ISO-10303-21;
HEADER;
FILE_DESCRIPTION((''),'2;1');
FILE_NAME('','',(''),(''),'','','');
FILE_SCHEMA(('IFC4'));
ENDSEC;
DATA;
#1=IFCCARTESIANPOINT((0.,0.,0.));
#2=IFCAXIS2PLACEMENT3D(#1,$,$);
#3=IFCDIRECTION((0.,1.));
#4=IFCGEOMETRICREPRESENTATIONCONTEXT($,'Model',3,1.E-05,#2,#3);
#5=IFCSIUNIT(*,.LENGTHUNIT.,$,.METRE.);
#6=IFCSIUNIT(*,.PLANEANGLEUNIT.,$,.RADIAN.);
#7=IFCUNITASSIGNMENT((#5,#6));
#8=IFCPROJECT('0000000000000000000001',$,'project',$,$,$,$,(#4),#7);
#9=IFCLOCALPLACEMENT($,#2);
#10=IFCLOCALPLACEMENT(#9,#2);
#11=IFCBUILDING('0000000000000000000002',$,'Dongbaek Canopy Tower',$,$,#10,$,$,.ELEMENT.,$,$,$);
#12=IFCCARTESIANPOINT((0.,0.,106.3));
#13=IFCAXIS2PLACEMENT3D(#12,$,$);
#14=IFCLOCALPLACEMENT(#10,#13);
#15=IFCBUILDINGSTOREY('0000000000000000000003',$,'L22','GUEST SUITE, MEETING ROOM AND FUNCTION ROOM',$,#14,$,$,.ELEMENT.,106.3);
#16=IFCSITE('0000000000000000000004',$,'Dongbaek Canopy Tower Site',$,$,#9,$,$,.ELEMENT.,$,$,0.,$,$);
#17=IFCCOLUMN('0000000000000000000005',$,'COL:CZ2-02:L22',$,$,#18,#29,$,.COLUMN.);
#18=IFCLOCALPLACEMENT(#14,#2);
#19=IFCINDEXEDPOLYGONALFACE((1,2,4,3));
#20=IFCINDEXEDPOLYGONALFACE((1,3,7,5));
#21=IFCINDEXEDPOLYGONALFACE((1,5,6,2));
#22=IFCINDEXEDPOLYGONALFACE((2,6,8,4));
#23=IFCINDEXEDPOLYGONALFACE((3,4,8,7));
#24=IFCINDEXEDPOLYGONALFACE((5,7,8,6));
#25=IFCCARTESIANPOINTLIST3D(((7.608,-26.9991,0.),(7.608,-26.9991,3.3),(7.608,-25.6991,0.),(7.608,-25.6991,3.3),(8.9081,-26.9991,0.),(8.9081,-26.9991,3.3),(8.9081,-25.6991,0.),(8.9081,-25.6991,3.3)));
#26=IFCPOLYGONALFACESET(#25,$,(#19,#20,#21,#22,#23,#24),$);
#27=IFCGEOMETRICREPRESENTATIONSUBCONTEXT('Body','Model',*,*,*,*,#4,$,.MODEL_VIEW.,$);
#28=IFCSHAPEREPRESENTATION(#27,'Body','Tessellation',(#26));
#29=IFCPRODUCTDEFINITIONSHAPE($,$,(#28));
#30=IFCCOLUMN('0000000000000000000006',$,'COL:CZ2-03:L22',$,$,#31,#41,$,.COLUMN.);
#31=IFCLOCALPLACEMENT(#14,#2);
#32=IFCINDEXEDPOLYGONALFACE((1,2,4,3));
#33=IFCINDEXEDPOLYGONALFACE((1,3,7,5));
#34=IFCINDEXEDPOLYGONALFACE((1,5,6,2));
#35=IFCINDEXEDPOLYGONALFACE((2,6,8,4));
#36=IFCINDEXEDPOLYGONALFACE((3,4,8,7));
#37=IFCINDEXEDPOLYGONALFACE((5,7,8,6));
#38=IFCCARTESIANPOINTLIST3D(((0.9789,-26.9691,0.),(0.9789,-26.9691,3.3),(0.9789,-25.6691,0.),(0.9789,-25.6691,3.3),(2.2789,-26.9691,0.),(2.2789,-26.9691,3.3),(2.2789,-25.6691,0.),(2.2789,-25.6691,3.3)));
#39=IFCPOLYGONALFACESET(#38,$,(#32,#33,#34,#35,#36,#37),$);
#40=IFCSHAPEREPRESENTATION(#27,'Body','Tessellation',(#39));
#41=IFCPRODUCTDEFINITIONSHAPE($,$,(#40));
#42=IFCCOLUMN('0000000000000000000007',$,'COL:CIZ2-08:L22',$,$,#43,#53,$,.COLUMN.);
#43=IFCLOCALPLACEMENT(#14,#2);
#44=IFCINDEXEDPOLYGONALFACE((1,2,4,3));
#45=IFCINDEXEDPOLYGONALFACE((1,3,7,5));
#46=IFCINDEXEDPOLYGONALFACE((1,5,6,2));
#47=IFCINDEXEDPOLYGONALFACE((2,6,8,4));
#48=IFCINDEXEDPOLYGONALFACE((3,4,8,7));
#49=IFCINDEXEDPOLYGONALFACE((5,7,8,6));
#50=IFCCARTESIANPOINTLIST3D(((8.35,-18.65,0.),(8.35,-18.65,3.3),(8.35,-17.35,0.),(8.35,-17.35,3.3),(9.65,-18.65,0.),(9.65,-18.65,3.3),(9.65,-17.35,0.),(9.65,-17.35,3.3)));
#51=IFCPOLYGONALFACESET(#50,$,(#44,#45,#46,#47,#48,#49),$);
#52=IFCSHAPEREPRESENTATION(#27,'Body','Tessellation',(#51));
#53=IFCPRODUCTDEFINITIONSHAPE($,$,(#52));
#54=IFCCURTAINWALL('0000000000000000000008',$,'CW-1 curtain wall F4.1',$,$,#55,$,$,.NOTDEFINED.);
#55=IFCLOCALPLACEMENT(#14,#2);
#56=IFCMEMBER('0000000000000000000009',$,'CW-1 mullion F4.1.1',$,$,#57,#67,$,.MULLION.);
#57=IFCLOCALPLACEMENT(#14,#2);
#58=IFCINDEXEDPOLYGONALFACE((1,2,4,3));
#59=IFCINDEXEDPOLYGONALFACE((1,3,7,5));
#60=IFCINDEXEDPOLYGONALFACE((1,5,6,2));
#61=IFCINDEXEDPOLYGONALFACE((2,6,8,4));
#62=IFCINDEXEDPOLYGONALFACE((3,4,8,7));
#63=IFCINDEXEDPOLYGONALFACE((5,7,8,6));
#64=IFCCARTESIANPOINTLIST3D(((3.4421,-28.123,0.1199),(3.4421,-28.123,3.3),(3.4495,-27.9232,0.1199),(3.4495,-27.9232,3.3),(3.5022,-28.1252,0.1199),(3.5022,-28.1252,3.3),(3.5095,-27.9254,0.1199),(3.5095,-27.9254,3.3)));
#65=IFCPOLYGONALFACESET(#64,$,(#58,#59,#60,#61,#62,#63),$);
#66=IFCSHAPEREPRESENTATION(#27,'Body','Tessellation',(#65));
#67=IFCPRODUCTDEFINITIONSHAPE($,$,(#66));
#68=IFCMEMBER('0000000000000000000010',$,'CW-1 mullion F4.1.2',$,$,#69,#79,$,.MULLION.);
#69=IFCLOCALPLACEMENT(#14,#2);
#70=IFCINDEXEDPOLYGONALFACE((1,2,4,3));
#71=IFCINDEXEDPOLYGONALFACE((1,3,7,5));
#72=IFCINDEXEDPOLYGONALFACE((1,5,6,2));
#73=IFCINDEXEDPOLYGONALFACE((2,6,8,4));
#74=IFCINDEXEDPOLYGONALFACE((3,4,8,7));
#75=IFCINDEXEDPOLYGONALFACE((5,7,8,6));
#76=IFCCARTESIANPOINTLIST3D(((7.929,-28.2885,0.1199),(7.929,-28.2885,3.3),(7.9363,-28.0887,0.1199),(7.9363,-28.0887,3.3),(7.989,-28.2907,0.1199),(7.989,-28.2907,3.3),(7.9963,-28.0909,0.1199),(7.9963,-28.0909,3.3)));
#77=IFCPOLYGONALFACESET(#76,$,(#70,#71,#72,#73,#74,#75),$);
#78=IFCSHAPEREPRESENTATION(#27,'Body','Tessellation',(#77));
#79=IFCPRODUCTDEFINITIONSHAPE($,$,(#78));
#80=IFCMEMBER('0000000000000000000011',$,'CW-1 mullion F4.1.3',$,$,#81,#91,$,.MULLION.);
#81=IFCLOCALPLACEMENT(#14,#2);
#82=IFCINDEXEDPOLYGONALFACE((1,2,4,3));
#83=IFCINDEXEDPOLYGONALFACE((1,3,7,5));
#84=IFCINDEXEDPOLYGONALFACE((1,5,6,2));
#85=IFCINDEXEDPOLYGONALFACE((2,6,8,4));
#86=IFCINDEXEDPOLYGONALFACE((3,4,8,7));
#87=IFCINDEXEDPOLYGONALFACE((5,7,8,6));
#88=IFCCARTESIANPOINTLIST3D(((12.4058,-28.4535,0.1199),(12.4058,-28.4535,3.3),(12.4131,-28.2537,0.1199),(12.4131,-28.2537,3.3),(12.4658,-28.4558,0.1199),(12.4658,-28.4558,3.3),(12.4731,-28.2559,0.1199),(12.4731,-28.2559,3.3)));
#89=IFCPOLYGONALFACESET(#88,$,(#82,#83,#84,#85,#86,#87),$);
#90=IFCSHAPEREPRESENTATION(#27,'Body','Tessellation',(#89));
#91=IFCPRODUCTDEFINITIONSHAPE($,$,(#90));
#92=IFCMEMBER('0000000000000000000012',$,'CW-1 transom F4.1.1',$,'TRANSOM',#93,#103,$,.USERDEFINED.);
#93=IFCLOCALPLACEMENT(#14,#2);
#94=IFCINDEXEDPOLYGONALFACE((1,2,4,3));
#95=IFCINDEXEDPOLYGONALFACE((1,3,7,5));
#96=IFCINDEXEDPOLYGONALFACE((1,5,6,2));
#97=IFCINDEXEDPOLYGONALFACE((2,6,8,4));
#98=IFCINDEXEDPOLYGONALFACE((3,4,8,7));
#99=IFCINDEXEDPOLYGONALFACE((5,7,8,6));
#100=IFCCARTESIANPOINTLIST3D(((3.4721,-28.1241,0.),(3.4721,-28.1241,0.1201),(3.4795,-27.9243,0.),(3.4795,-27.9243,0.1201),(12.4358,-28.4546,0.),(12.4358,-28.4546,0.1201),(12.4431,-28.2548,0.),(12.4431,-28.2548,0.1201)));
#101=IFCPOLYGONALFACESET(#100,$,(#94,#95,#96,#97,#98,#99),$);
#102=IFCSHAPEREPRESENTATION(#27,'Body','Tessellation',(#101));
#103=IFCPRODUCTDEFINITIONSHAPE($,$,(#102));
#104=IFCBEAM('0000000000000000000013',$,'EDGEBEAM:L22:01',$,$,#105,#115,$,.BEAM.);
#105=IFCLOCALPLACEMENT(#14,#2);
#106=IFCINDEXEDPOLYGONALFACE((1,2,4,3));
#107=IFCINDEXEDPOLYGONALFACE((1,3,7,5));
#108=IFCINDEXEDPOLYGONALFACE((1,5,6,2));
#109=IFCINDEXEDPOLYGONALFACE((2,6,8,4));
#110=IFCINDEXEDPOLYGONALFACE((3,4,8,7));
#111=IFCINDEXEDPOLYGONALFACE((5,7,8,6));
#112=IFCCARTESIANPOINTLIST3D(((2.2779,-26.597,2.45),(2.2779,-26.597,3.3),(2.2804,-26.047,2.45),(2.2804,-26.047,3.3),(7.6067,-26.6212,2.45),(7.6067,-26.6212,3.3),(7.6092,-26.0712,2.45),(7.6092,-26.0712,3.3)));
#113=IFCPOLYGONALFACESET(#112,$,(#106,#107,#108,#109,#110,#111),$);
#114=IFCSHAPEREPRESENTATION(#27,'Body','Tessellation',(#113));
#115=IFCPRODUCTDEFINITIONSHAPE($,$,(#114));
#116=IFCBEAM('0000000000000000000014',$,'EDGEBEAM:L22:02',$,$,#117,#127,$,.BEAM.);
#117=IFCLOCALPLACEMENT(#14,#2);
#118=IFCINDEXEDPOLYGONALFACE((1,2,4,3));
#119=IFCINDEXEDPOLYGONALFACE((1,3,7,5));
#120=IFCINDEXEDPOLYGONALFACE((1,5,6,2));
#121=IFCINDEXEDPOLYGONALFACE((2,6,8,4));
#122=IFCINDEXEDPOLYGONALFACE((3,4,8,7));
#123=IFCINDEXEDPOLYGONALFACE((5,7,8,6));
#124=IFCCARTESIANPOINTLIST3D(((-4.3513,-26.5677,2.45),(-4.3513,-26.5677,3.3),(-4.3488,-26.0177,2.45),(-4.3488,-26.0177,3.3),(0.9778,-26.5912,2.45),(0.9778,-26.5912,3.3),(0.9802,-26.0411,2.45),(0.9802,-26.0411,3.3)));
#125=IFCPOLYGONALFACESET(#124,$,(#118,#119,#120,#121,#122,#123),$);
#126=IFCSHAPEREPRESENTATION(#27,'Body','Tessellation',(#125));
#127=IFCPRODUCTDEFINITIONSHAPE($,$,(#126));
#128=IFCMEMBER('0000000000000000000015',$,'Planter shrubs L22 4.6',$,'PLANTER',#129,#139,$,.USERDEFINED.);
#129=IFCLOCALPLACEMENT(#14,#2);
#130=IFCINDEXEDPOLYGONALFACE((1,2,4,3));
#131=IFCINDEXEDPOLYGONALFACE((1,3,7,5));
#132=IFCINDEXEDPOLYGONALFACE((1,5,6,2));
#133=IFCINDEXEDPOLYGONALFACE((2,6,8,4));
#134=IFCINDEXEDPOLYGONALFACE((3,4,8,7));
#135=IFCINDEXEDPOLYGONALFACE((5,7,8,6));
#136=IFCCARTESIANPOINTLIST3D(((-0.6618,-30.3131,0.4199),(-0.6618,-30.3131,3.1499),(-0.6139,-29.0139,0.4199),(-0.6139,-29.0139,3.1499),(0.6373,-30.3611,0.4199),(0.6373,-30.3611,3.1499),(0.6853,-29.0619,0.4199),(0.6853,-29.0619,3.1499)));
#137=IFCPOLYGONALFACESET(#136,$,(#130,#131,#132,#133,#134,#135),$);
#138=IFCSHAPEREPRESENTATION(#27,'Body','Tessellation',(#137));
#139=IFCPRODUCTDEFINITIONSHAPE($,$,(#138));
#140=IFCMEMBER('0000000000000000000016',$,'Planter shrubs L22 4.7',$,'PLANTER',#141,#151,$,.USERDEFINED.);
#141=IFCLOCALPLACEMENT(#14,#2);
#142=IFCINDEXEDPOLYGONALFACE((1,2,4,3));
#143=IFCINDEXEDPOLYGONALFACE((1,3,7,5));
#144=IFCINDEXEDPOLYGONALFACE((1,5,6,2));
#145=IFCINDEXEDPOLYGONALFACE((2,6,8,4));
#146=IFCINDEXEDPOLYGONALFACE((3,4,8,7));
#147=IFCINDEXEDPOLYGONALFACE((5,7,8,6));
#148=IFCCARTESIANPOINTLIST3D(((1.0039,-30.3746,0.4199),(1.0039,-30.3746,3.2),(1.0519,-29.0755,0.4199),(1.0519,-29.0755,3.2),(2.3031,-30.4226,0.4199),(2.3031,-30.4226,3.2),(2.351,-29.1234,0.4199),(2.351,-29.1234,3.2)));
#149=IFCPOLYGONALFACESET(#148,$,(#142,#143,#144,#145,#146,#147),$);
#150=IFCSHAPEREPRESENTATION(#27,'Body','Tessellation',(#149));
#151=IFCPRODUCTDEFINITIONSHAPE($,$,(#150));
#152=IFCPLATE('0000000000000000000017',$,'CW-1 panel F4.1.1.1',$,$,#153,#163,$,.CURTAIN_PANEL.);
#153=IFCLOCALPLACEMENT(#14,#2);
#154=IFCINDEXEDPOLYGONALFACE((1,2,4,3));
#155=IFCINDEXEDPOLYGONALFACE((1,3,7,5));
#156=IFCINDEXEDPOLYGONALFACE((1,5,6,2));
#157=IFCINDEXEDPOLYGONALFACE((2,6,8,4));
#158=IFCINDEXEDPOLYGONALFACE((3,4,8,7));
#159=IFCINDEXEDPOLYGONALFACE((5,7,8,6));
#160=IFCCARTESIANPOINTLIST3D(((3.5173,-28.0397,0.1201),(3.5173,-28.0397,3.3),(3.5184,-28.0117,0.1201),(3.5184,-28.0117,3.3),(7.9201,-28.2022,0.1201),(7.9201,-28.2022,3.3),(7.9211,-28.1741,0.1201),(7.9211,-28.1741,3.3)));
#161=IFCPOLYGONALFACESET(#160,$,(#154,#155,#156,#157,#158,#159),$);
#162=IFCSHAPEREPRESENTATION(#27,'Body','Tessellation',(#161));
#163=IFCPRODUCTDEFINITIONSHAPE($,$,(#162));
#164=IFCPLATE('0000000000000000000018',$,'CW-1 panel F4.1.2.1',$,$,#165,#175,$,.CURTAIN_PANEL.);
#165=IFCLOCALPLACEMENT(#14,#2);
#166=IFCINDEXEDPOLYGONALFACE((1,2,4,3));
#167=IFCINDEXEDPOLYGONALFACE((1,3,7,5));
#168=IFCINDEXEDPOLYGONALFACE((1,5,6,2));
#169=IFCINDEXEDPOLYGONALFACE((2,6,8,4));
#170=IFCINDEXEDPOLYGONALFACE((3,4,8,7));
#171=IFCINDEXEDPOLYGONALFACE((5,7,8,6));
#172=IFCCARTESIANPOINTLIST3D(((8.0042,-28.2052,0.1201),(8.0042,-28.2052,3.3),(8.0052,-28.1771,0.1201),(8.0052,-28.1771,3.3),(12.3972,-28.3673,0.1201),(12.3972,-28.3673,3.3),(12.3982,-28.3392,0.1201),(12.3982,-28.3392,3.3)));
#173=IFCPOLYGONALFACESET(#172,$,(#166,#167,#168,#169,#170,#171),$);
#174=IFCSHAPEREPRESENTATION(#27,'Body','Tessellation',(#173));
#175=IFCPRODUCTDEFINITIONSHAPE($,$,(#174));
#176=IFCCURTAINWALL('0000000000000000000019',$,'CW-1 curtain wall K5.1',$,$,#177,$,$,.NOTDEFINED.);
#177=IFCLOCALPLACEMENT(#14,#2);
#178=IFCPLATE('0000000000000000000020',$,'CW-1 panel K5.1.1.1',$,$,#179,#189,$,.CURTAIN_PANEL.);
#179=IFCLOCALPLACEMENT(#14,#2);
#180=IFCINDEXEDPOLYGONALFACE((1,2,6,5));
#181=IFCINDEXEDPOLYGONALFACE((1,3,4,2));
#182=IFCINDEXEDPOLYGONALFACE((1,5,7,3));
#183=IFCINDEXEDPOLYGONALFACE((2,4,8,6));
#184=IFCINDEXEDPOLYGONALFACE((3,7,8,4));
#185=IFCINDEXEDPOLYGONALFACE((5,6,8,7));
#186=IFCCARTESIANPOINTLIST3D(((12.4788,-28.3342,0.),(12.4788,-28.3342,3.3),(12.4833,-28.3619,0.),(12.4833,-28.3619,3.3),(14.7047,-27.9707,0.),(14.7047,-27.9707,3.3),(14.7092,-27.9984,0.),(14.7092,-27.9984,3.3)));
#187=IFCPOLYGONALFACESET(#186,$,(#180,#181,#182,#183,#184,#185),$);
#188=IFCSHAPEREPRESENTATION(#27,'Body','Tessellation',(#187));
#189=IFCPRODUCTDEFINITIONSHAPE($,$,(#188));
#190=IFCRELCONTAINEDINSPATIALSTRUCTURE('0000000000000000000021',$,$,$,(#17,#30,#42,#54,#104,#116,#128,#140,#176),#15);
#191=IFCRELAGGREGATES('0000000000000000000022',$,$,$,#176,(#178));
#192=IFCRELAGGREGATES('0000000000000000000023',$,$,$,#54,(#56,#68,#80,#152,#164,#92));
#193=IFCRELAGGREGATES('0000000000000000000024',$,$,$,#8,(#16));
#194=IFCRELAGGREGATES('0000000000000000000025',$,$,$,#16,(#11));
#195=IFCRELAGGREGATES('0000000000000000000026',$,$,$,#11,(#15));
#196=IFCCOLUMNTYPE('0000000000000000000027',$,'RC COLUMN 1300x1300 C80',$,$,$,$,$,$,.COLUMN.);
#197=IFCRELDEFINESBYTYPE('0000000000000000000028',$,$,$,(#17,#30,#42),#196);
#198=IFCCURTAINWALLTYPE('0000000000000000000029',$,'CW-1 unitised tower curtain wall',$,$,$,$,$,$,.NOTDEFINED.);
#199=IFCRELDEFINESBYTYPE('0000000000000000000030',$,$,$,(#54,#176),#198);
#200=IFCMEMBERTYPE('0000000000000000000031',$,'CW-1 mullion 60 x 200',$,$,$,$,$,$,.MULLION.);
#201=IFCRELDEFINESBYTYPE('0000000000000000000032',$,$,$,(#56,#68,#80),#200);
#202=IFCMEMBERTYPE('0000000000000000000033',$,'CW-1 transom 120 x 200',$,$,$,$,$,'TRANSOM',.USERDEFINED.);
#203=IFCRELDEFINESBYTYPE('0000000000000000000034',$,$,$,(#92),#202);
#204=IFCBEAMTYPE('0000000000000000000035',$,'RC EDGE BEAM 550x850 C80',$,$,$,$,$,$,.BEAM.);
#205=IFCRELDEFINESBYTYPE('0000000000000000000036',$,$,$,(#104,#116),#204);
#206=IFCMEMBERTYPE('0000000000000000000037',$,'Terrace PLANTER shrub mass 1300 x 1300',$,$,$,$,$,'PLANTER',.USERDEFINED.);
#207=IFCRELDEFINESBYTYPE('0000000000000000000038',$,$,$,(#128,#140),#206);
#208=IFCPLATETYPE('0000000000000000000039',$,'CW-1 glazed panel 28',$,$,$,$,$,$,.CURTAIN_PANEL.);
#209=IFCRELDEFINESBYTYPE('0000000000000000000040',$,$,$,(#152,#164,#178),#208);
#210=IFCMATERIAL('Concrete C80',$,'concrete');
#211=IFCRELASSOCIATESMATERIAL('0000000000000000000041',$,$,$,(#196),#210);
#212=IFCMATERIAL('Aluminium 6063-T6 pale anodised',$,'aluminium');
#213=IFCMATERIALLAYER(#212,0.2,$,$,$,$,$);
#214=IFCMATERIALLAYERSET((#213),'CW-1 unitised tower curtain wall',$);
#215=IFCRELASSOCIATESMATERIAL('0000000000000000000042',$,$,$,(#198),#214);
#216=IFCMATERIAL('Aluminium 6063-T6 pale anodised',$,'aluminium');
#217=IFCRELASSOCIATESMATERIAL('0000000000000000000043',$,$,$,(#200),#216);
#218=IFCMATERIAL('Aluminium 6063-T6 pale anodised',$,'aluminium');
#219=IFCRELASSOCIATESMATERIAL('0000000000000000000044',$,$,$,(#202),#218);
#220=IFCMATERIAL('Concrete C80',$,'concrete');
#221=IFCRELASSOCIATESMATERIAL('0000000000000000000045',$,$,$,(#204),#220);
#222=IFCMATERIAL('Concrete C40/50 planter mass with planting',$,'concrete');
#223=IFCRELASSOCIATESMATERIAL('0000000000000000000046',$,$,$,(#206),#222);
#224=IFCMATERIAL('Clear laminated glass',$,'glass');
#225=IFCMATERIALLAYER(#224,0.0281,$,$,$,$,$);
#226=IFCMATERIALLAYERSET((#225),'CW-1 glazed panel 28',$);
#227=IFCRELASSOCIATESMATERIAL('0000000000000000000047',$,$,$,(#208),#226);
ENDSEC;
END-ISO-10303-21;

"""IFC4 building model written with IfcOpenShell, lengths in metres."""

from ifc_helpers import new_model, si_unit, direction, frame, origin, origin_2d, place, context, subcontext, project, spatial, rectangle, extrude, material, layer, layer_set, material_profile, profile_set, type_object, element, aggregate, save


model = new_model("IFC4")

# Units and contexts
model_context = context("Model", 3, precision=1e-05, world=origin(), true_north=direction((0.0, 1.0)))
body_context = subcontext(model_context, "Body", "Model", "MODEL_VIEW")
ifc_project = project(units=[si_unit("LENGTHUNIT", "METRE"), si_unit("PLANEANGLEUNIT", "RADIAN")], contexts=[model_context])

# Site, building, storey
site_placement = place(None, origin())
site = spatial("IfcSite", under=ifc_project, at=site_placement, Name="Dongbaek Canopy Tower Site", CompositionType="ELEMENT", RefElevation=0.0)
building_placement = place(site_placement, origin())
building = spatial("IfcBuilding", under=site, at=building_placement, Name="Dongbaek Canopy Tower", CompositionType="ELEMENT")
storey_placement = place(building_placement, frame((0.0, 0.0, 106.3)))
storey = spatial("IfcBuildingStorey", under=building, at=storey_placement, Name="L22", Description="GUEST SUITE, MEETING ROOM AND FUNCTION ROOM", CompositionType="ELEMENT", Elevation=106.3)

# Columns
ifc_material_1 = material(Name="Concrete C80", Category="concrete")
ifc_material_profile_1 = material_profile(ifc_material_1, rectangle(XDim=1.3, YDim=1.3, at=origin_2d()), Name="RC COLUMN 1300x1300 C80")
ifc_profile_set_1 = profile_set([ifc_material_profile_1], Name="Concrete C80")
column_type = type_object("IfcColumnType", Name="RC COLUMN 1300x1300 C80", PredefinedType="COLUMN", material=ifc_profile_set_1)
for number, where, z_axis, x_axis, name in (
    (1, (8.2581, -26.3491, 0.0), (0.0, 0.0, 1.0), (1.0, 0.0, 0.0), "COL:CZ2-02:L22"),
    (2, (1.6289, -26.3191, 0.0), (0.0, 0.0, 1.0), (1.0, 0.0, 0.0), "COL:CZ2-03:L22"),
    (3, (9.0, -18.0, 0.0), (0.0, 0.0, 1.0), (1.0, 0.0, 0.0), "COL:CIZ2-08:L22"),
):
    element("IfcColumn", number, at=place(storey_placement, frame(where, z_axis=z_axis, x_axis=x_axis)), inside=storey, type_object=column_type, Name=name, PredefinedType="COLUMN", context=body_context, shape_type="SweptSolid", body=[
        extrude(rectangle(XDim=1.3, YDim=1.3, at=origin_2d()), origin(), (0.0, 0.0, 1.0), 3.3),
    ])

# Curtain wall, members
ifc_material_2 = material(Name="Aluminium 6063-T6 pale anodised", Category="aluminium")
ifc_layer_1 = layer(ifc_material_2, 0.2)
ifc_layer_set_1 = layer_set([ifc_layer_1], Name="CW-1 unitised tower curtain wall")
curtain_wall_type = type_object("IfcCurtainWallType", Name="CW-1 unitised tower curtain wall", PredefinedType="NOTDEFINED", material=ifc_layer_set_1)
curtain_wall_1_placement = place(storey_placement, origin())
curtain_wall_1 = element("IfcCurtainWall", 4, at=curtain_wall_1_placement, inside=storey, type_object=curtain_wall_type, Name="CW-1 curtain wall F4.1", PredefinedType="NOTDEFINED")
ifc_material_3 = material(Name="Aluminium 6063-T6 pale anodised", Category="aluminium")
ifc_material_profile_2 = material_profile(ifc_material_3, rectangle(XDim=0.2, YDim=0.0601, at=origin_2d()), Name="CW-1 mullion 60 x 200")
ifc_profile_set_2 = profile_set([ifc_material_profile_2], Name="Aluminium 6063-T6 pale anodised")
member_type_1 = type_object("IfcMemberType", Name="CW-1 mullion 60 x 200", PredefinedType="MULLION", material=ifc_profile_set_2)
member_1_placement = place(storey_placement, frame((3.4758, -28.0242, 0.1199), z_axis=(0.0, 0.0, 1.0), x_axis=(-0.036873, -0.99932, 0.0)))
member_1 = element("IfcMember", 5, at=member_1_placement, type_object=member_type_1, Name="CW-1 mullion F4.1.1", PredefinedType="MULLION", context=body_context, shape_type="SweptSolid", body=[
    extrude(rectangle(XDim=0.2, YDim=0.0601, at=origin_2d()), origin(), (0.0, 0.0, 1.0), 3.1802),
])
member_2_placement = place(storey_placement, frame((7.9626, -28.1897, 0.1199), z_axis=(0.0, 0.0, 1.0), x_axis=(-0.036873, -0.99932, 0.0)))
member_2 = element("IfcMember", 6, at=member_2_placement, type_object=member_type_1, Name="CW-1 mullion F4.1.2", PredefinedType="MULLION", context=body_context, shape_type="SweptSolid", body=[
    extrude(rectangle(XDim=0.2, YDim=0.0601, at=origin_2d()), origin(), (0.0, 0.0, 1.0), 3.1802),
])
member_3_placement = place(storey_placement, frame((12.4395, -28.3547, 0.1199), z_axis=(0.0, 0.0, 1.0), x_axis=(-0.036873, -0.99932, 0.0)))
member_3 = element("IfcMember", 7, at=member_3_placement, type_object=member_type_1, Name="CW-1 mullion F4.1.3", PredefinedType="MULLION", context=body_context, shape_type="SweptSolid", body=[
    extrude(rectangle(XDim=0.2, YDim=0.0601, at=origin_2d()), origin(), (0.0, 0.0, 1.0), 3.1802),
])
ifc_material_4 = material(Name="Aluminium 6063-T6 pale anodised", Category="aluminium")
ifc_material_profile_3 = material_profile(ifc_material_4, rectangle(XDim=0.2, YDim=0.1201, at=origin_2d()), Name="CW-1 transom 120 x 200")
ifc_profile_set_3 = profile_set([ifc_material_profile_3], Name="Aluminium 6063-T6 pale anodised")
member_type_2 = type_object("IfcMemberType", Name="CW-1 transom 120 x 200", ElementType="TRANSOM", PredefinedType="USERDEFINED", material=ifc_profile_set_3)
member_4_placement = place(storey_placement, frame((3.4758, -28.0242, 0.0601), z_axis=(0.999321, -0.036854, 0.0), x_axis=(0.036854, 0.999321, 0.0)))
member_4 = element("IfcMember", 8, at=member_4_placement, type_object=member_type_2, Name="CW-1 transom F4.1.1", ObjectType="TRANSOM", PredefinedType="USERDEFINED", context=body_context, shape_type="SweptSolid", body=[
    extrude(rectangle(XDim=0.2, YDim=0.1201, at=origin_2d()), origin(), (0.0, 0.0, 1.0), 8.9697),
])

# Beams
ifc_material_5 = material(Name="Concrete C80", Category="concrete")
ifc_material_profile_4 = material_profile(ifc_material_5, rectangle(XDim=0.55, YDim=0.8501, at=origin_2d()), Name="RC EDGE BEAM 550x850 C80")
ifc_profile_set_4 = profile_set([ifc_material_profile_4], Name="Concrete C80")
beam_type = type_object("IfcBeamType", Name="RC EDGE BEAM 550x850 C80", PredefinedType="BEAM", material=ifc_profile_set_4)
beam_1_placement = place(storey_placement, frame((7.6079, -26.3462, 2.875), z_axis=(-0.99999, 0.004536, 0.0), x_axis=(-0.004536, -0.99999, 0.0)))
element("IfcBeam", 9, at=beam_1_placement, inside=storey, type_object=beam_type, Name="EDGEBEAM:L22:01", PredefinedType="BEAM", context=body_context, shape_type="SweptSolid", body=[
    extrude(rectangle(XDim=0.55, YDim=0.8501, at=origin_2d()), origin(), (0.0, 0.0, 1.0), 5.3289),
])
beam_2_placement = place(storey_placement, frame((0.979, -26.3162, 2.875), z_axis=(-0.99999, 0.004398, 0.0), x_axis=(-0.004398, -0.99999, 0.0)))
element("IfcBeam", 10, at=beam_2_placement, inside=storey, type_object=beam_type, Name="EDGEBEAM:L22:02", PredefinedType="BEAM", context=body_context, shape_type="SweptSolid", body=[
    extrude(rectangle(XDim=0.55, YDim=0.8501, at=origin_2d()), origin(), (0.0, 0.0, 1.0), 5.3291),
])

# Members
ifc_material_6 = material(Name="Concrete C40/50 planter mass with planting", Category="concrete")
ifc_material_profile_5 = material_profile(ifc_material_6, rectangle(XDim=1.3, YDim=1.3, at=origin_2d()), Name="Terrace PLANTER shrub mass 1300 x 1300")
ifc_profile_set_5 = profile_set([ifc_material_profile_5], Name="Concrete C40/50 planter mass with planting")
member_type_3 = type_object("IfcMemberType", Name="Terrace PLANTER shrub mass 1300 x 1300", ElementType="PLANTER", PredefinedType="USERDEFINED", material=ifc_profile_set_5)
member_5_placement = place(storey_placement, frame((0.0117, -29.6875, 0.4199), z_axis=(0.0, 0.0, 1.0), x_axis=(-0.036873, -0.99932, 0.0)))
element("IfcMember", 11, at=member_5_placement, inside=storey, type_object=member_type_3, Name="Planter shrubs L22 4.6", ObjectType="PLANTER", PredefinedType="USERDEFINED", context=body_context, shape_type="SweptSolid", body=[
    extrude(rectangle(XDim=1.3, YDim=1.3, at=origin_2d()), origin(), (0.0, 0.0, 1.0), 2.73),
])
member_6_placement = place(storey_placement, frame((1.6775, -29.749, 0.4199), z_axis=(0.0, 0.0, 1.0), x_axis=(-0.036873, -0.99932, 0.0)))
element("IfcMember", 12, at=member_6_placement, inside=storey, type_object=member_type_3, Name="Planter shrubs L22 4.7", ObjectType="PLANTER", PredefinedType="USERDEFINED", context=body_context, shape_type="SweptSolid", body=[
    extrude(rectangle(XDim=1.3, YDim=1.3, at=origin_2d()), origin(), (0.0, 0.0, 1.0), 2.78),
])

# Plates
ifc_material_7 = material(Name="Clear laminated glass", Category="glass")
ifc_layer_2 = layer(ifc_material_7, 0.0281)
ifc_layer_set_2 = layer_set([ifc_layer_2], Name="CW-1 glazed panel 28")
plate_type = type_object("IfcPlateType", Name="CW-1 glazed panel 28", PredefinedType="CURTAIN_PANEL", material=ifc_layer_set_2)
plate_1_placement = place(storey_placement, frame((5.7192, -28.1069, 0.1201), z_axis=(0.0, 0.0, 1.0), x_axis=(0.99932, -0.036873, 0.0)))
plate_1 = element("IfcPlate", 13, at=plate_1_placement, type_object=plate_type, Name="CW-1 panel F4.1.1.1", PredefinedType="CURTAIN_PANEL", context=body_context, shape_type="SweptSolid", body=[
    extrude(rectangle(XDim=4.4058, YDim=0.0281, at=origin_2d()), origin(), (0.0, 0.0, 1.0), 3.1799),
])
plate_2_placement = place(storey_placement, frame((10.2012, -28.2722, 0.1201), z_axis=(0.0, 0.0, 1.0), x_axis=(0.99932, -0.036873, 0.0)))
plate_2 = element("IfcPlate", 14, at=plate_2_placement, type_object=plate_type, Name="CW-1 panel F4.1.2.1", PredefinedType="CURTAIN_PANEL", context=body_context, shape_type="SweptSolid", body=[
    extrude(rectangle(XDim=4.396, YDim=0.0281, at=origin_2d()), origin(), (0.0, 0.0, 1.0), 3.1799),
])

# Curtain wall, plate
curtain_wall_2_placement = place(storey_placement, origin())
curtain_wall_2 = element("IfcCurtainWall", 15, at=curtain_wall_2_placement, inside=storey, type_object=curtain_wall_type, Name="CW-1 curtain wall K5.1", PredefinedType="NOTDEFINED")
plate_3_placement = place(storey_placement, frame((13.594, -28.1663, 0.0), z_axis=(0.0, 0.0, 1.0), x_axis=(0.986926, 0.161174, 0.0)))
plate_3 = element("IfcPlate", 16, at=plate_3_placement, type_object=plate_type, Name="CW-1 panel K5.1.1.1", PredefinedType="CURTAIN_PANEL", context=body_context, shape_type="SweptSolid", body=[
    extrude(rectangle(XDim=2.2554, YDim=0.0281, at=origin_2d()), origin(), (0.0, 0.0, 1.0), 3.3),
])
aggregate(curtain_wall_2, [plate_3])

aggregate(curtain_wall_1, [member_1, member_2, member_3, plate_1, plate_2, member_4])

save(model, "model.ifc")
